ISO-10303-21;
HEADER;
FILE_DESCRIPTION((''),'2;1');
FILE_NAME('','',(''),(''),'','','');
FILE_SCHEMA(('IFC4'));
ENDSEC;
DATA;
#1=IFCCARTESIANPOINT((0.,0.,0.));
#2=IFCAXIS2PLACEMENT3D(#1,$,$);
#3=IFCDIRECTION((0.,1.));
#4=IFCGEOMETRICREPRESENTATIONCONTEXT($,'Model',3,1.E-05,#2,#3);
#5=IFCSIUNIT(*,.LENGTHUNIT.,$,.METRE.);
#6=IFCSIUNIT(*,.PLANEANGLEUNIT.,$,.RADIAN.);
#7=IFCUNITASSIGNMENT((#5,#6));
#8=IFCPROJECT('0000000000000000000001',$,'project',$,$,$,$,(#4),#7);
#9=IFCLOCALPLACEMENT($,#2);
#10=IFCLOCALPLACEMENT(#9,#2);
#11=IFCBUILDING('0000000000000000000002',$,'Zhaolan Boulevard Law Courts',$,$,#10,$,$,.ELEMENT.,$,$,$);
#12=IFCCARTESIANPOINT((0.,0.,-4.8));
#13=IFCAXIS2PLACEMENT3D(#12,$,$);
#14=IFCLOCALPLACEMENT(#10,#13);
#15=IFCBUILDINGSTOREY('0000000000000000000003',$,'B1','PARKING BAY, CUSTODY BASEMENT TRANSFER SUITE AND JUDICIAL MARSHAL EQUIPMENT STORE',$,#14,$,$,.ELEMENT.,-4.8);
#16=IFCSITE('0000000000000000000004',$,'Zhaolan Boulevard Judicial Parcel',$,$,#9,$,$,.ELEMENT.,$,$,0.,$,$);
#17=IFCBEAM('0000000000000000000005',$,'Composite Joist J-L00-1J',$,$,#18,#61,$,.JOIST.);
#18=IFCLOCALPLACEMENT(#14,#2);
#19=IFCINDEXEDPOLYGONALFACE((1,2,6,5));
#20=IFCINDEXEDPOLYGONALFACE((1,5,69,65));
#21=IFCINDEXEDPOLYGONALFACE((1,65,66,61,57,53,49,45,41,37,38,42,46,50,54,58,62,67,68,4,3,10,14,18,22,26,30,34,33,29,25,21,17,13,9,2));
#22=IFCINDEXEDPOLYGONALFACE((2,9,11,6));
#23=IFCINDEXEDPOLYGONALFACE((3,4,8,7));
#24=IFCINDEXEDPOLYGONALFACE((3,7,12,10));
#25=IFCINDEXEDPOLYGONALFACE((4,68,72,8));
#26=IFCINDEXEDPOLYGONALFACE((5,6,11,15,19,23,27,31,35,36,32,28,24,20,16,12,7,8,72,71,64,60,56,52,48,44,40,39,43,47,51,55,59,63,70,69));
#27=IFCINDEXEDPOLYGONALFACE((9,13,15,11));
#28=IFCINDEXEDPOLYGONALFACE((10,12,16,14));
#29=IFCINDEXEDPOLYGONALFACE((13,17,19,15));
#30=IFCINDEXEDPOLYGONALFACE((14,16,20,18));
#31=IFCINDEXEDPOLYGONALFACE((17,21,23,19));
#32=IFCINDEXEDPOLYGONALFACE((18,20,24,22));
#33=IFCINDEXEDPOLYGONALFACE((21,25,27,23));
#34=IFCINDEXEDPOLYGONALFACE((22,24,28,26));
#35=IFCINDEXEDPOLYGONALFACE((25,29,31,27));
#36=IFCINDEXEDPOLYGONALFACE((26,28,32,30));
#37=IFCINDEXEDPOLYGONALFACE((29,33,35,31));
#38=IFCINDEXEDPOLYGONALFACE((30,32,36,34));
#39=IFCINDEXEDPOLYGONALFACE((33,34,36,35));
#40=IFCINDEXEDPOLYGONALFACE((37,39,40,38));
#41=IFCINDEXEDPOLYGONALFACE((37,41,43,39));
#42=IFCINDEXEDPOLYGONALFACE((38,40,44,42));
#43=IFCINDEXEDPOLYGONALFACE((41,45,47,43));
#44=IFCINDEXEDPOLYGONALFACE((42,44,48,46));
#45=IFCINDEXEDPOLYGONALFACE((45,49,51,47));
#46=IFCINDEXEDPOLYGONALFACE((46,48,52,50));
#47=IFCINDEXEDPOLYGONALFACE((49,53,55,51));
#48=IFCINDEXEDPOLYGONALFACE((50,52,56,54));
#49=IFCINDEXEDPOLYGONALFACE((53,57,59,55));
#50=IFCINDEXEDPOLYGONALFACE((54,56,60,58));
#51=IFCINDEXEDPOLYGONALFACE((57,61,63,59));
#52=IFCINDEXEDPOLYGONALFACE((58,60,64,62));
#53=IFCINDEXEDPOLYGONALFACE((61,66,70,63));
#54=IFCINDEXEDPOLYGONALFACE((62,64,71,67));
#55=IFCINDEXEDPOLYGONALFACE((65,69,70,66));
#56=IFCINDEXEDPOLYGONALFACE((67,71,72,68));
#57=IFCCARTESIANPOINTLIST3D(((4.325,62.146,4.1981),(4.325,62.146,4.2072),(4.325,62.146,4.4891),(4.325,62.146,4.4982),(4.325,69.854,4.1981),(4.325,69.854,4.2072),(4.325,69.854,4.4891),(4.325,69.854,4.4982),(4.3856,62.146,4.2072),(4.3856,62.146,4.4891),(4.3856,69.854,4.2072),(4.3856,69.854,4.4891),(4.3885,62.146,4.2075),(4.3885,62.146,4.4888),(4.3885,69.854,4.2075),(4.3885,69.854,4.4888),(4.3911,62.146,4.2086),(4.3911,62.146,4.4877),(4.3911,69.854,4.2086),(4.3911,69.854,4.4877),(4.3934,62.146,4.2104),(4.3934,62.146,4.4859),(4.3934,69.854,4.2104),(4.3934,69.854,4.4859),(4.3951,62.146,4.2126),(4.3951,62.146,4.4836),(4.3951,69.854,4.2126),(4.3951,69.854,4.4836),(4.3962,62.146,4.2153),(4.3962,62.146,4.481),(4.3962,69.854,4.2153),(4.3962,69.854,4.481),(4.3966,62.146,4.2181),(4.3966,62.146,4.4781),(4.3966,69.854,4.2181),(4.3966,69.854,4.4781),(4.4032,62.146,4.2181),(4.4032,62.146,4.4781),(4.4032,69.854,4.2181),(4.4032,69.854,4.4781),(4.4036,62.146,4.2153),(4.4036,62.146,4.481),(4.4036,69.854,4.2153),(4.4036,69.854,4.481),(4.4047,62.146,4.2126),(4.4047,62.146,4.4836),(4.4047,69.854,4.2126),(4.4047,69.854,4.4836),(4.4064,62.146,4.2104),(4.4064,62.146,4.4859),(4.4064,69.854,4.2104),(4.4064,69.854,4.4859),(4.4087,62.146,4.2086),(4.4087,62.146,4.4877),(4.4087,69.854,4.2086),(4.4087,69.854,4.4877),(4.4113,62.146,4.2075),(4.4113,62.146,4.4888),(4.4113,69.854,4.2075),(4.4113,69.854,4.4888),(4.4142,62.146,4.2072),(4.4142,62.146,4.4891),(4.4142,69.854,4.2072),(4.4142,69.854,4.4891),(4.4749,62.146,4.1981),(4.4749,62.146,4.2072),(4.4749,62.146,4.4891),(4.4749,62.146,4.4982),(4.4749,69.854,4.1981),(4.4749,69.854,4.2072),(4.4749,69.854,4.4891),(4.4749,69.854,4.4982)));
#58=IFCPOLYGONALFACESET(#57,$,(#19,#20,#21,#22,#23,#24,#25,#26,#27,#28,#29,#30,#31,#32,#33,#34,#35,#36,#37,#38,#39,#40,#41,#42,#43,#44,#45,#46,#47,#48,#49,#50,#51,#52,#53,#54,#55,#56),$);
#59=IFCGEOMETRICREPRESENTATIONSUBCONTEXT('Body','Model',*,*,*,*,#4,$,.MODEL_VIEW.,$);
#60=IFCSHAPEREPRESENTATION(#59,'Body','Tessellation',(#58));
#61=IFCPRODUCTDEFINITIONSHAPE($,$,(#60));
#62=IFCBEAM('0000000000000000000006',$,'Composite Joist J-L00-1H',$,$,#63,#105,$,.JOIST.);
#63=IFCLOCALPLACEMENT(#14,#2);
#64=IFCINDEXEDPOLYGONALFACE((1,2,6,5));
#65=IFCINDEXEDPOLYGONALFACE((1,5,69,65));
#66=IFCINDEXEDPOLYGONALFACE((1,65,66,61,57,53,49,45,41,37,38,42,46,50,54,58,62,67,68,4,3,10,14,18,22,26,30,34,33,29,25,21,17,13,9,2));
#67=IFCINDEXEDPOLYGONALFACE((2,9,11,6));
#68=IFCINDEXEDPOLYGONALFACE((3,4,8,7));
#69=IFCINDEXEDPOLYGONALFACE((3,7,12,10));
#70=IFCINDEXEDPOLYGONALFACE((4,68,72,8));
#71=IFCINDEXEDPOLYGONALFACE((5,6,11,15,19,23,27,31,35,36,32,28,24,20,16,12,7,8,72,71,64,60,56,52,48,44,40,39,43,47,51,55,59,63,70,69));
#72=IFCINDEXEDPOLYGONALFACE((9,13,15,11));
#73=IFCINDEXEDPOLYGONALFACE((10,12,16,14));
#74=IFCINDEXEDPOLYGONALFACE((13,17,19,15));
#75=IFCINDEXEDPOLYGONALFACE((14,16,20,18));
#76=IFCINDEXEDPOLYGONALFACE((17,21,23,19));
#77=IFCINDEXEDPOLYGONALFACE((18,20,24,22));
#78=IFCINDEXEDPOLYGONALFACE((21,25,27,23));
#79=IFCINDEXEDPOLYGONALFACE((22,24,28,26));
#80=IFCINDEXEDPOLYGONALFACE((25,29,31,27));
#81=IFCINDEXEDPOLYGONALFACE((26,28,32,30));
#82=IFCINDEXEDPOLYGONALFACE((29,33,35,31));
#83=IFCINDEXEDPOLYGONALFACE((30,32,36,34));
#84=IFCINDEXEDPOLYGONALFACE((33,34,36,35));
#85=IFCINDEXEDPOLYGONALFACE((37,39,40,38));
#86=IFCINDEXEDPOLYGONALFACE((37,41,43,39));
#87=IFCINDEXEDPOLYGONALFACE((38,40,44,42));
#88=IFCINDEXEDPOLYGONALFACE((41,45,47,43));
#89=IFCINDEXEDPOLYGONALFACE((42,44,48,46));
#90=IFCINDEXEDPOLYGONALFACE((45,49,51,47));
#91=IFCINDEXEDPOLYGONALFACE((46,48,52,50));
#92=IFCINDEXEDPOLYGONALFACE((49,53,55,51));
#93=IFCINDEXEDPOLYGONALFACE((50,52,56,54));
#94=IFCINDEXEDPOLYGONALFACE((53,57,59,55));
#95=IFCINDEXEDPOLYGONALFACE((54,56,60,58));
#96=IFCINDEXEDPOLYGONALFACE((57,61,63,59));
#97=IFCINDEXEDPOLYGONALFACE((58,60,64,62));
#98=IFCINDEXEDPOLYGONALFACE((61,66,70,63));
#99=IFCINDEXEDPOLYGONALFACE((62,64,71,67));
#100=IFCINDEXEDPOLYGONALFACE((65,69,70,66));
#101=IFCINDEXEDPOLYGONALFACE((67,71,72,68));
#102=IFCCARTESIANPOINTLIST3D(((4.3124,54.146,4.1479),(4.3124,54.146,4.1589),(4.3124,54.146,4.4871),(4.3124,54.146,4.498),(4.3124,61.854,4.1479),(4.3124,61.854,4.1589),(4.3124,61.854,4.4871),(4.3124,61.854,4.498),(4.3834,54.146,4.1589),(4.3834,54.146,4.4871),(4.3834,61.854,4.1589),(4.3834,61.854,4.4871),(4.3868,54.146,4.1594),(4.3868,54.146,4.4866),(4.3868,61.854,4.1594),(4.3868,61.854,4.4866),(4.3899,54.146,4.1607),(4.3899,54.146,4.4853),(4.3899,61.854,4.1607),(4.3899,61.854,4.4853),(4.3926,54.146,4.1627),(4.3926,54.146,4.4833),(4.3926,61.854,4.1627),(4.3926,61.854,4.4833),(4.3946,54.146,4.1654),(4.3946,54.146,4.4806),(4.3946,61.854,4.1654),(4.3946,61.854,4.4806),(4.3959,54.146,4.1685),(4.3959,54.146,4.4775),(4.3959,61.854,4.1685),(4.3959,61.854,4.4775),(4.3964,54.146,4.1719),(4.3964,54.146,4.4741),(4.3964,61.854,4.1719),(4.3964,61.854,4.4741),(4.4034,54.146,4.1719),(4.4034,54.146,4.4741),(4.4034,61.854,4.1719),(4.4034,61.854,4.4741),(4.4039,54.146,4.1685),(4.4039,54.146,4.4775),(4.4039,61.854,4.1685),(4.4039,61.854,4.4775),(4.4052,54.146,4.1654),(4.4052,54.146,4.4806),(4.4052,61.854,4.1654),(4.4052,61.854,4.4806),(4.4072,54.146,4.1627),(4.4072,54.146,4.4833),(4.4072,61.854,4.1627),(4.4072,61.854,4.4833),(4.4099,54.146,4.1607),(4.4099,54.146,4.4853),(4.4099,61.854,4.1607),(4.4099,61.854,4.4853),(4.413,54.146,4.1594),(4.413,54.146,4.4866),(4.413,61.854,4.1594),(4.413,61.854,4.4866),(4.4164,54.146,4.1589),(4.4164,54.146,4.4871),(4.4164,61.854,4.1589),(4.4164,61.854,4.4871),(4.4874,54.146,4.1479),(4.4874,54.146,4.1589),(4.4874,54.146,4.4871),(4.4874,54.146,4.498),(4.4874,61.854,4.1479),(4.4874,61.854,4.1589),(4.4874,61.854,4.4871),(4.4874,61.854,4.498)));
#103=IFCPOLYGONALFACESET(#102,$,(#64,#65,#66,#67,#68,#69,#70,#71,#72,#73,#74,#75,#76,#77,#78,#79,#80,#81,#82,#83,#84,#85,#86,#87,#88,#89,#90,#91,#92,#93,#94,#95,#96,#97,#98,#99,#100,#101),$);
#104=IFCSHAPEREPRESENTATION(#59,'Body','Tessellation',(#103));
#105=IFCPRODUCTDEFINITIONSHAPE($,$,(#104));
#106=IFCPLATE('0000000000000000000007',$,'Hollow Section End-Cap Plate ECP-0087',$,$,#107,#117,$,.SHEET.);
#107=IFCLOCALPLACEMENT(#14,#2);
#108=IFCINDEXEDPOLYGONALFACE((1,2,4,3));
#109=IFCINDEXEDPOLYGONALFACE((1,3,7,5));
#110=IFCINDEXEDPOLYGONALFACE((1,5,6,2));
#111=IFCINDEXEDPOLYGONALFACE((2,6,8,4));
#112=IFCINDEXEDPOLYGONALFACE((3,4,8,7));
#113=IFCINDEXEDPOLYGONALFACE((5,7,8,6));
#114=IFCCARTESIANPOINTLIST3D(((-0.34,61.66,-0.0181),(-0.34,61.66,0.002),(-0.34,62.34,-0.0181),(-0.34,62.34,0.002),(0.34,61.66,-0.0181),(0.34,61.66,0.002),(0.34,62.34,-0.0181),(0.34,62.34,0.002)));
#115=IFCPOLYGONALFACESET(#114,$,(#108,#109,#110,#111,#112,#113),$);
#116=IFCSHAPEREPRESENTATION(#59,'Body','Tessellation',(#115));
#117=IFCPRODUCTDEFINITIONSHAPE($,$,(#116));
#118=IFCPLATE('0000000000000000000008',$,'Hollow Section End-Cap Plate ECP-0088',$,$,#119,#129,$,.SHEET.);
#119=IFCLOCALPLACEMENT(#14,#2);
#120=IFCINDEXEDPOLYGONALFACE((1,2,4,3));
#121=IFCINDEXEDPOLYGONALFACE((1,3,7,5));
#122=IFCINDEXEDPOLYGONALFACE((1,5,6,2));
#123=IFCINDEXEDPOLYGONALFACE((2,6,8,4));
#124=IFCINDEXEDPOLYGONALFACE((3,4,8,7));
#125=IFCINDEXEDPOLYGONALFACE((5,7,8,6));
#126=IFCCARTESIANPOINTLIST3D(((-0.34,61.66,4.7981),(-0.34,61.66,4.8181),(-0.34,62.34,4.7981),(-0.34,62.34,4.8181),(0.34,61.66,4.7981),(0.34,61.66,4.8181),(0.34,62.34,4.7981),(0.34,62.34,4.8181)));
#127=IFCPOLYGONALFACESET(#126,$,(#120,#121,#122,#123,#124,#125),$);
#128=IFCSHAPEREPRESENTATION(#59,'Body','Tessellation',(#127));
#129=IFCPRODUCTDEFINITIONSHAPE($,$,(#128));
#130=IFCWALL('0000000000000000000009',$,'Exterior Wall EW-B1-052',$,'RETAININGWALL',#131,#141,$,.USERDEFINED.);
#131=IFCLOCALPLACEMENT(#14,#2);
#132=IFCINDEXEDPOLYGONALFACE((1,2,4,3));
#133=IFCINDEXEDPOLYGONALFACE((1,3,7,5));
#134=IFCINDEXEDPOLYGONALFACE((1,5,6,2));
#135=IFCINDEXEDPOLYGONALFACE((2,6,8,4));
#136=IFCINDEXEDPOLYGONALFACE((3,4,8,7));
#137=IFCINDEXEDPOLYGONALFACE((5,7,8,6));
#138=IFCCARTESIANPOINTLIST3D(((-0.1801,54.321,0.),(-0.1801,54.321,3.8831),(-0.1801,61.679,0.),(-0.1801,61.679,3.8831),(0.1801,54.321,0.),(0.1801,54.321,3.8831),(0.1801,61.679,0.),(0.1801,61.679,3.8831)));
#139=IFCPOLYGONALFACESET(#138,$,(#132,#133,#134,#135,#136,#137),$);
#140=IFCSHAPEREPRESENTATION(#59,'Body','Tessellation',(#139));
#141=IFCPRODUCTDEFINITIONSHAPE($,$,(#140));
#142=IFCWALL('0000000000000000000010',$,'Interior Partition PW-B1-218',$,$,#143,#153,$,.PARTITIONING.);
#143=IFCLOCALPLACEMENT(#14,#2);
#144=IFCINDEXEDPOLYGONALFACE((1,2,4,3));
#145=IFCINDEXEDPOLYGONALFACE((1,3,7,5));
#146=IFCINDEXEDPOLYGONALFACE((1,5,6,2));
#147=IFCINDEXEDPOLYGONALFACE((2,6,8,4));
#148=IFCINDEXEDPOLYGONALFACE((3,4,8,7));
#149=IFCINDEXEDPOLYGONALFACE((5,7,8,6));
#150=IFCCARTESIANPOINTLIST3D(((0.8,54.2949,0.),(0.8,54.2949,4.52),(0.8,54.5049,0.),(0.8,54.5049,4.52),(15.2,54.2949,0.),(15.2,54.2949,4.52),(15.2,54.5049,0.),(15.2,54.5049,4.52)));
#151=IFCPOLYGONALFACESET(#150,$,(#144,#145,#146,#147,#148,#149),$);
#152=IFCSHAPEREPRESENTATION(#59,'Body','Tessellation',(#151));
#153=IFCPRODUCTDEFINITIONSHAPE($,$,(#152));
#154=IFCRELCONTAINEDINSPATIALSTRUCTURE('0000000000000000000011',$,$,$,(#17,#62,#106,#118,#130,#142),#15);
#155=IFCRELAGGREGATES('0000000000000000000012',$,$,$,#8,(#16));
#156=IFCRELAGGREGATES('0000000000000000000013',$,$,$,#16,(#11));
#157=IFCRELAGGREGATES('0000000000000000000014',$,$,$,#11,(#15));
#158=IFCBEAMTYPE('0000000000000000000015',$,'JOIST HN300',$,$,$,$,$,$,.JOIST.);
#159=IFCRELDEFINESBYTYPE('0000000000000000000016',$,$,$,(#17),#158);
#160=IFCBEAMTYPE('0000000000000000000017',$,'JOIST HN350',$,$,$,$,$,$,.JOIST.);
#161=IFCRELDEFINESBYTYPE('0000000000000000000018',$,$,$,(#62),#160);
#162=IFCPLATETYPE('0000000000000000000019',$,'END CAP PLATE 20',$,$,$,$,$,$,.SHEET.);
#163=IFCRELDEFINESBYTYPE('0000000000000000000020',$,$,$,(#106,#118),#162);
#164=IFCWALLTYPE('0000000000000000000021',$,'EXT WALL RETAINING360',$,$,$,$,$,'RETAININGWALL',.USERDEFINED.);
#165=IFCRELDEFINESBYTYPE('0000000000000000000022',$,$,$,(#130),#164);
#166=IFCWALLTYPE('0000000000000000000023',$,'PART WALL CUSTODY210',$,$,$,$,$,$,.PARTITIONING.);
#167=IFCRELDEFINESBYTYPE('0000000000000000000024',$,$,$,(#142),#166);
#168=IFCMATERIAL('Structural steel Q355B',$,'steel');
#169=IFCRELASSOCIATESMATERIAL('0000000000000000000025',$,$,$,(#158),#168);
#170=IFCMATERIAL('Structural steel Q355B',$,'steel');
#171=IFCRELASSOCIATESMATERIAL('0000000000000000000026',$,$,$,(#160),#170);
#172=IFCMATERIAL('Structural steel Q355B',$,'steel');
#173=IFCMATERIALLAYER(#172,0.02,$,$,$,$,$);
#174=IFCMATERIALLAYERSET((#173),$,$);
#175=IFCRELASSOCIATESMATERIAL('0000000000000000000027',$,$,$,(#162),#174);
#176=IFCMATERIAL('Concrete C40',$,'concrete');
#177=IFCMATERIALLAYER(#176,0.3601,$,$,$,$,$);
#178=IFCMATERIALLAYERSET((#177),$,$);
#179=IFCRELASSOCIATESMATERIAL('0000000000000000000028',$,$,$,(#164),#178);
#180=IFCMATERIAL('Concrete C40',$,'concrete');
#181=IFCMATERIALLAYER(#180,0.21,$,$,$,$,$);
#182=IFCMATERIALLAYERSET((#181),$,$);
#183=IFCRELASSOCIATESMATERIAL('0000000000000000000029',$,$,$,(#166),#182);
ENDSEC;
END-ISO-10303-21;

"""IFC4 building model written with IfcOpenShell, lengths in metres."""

from ifc_helpers import new_model, si_unit, direction, frame, frame_2d, origin, origin_2d, place, context, subcontext, project, spatial, rectangle, i_section, extrude, material, layer, layer_set, material_profile, profile_set, type_object, element, save


model = new_model("IFC4")

# Units and contexts
model_context = context("Model", 3, precision=1e-05, world=origin(), true_north=direction((0.0, 1.0)))
body_context = subcontext(model_context, "Body", "Model", "MODEL_VIEW")
ifc_project = project(units=[si_unit("LENGTHUNIT", "METRE"), si_unit("PLANEANGLEUNIT", "RADIAN")], contexts=[model_context])

# Site, building, storey
site_placement = place(None, origin())
site = spatial("IfcSite", under=ifc_project, at=site_placement, Name="Zhaolan Boulevard Judicial Parcel", CompositionType="ELEMENT", RefElevation=0.0)
building_placement = place(site_placement, origin())
building = spatial("IfcBuilding", under=site, at=building_placement, Name="Zhaolan Boulevard Law Courts", CompositionType="ELEMENT")
storey_placement = place(building_placement, frame((0.0, 0.0, -4.8)))
storey = spatial("IfcBuildingStorey", under=building, at=storey_placement, Name="B1", Description="PARKING BAY, CUSTODY BASEMENT TRANSFER SUITE AND JUDICIAL MARSHAL EQUIPMENT STORE", CompositionType="ELEMENT", Elevation=-4.8)

# Beams
ifc_material_1 = material(Name="Structural steel Q355B", Category="steel")
ifc_material_profile_1 = material_profile(ifc_material_1, i_section(OverallWidth=0.1499, OverallDepth=0.3, WebThickness=0.0066, FlangeThickness=0.009, FilletRadius=0.011, at=origin_2d()), Name="HN300x150")
ifc_profile_set_1 = profile_set([ifc_material_profile_1], Name="Structural steel Q355B")
beam_type_1 = type_object("IfcBeamType", Name="JOIST HN300", PredefinedType="JOIST", material=ifc_profile_set_1)
beam_1_placement = place(storey_placement, frame((4.3999, 62.146, 4.3481), z_axis=(0.0, 1.0, 0.0), x_axis=(-1.0, 0.0, 0.0)))
element("IfcBeam", 1, at=beam_1_placement, inside=storey, type_object=beam_type_1, Name="Composite Joist J-L00-1J", PredefinedType="JOIST", context=body_context, shape_type="SweptSolid", body=[
    extrude(i_section(OverallWidth=0.1499, OverallDepth=0.3, WebThickness=0.0066, FlangeThickness=0.009, FilletRadius=0.011, at=origin_2d()), origin(), (0.0, 0.0, 1.0), 7.708),
])
ifc_material_2 = material(Name="Structural steel Q355B", Category="steel")
ifc_material_profile_2 = material_profile(ifc_material_2, i_section(OverallWidth=0.175, OverallDepth=0.3501, WebThickness=0.0071, FlangeThickness=0.011, FilletRadius=0.0129, at=origin_2d()), Name="HN350x175")
ifc_profile_set_2 = profile_set([ifc_material_profile_2], Name="Structural steel Q355B")
beam_type_2 = type_object("IfcBeamType", Name="JOIST HN350", PredefinedType="JOIST", material=ifc_profile_set_2)
beam_2_placement = place(storey_placement, frame((4.3999, 54.146, 4.323), z_axis=(0.0, 1.0, 0.0), x_axis=(-1.0, 0.0, 0.0)))
element("IfcBeam", 2, at=beam_2_placement, inside=storey, type_object=beam_type_2, Name="Composite Joist J-L00-1H", PredefinedType="JOIST", context=body_context, shape_type="SweptSolid", body=[
    extrude(i_section(OverallWidth=0.175, OverallDepth=0.3501, WebThickness=0.0071, FlangeThickness=0.011, FilletRadius=0.0129, at=origin_2d()), origin(), (0.0, 0.0, 1.0), 7.708),
])

# Plates
ifc_material_3 = material(Name="Structural steel Q355B", Category="steel")
ifc_layer_1 = layer(ifc_material_3, 0.02)
ifc_layer_set_1 = layer_set([ifc_layer_1])
plate_type = type_object("IfcPlateType", Name="END CAP PLATE 20", PredefinedType="SHEET", material=ifc_layer_set_1)
for number, where, z_axis, x_axis, name in (
    (3, (0.0, 62.0, -0.0181), (0.0, 0.0, 1.0), (1.0, 0.0, 0.0), "Hollow Section End-Cap Plate ECP-0087"),
    (4, (0.0, 62.0, 4.7981), (0.0, 0.0, 1.0), (1.0, 0.0, 0.0), "Hollow Section End-Cap Plate ECP-0088"),
):
    element("IfcPlate", number, at=place(storey_placement, frame(where, z_axis=z_axis, x_axis=x_axis)), inside=storey, type_object=plate_type, Name=name, PredefinedType="SHEET", context=body_context, shape_type="SweptSolid", body=[
        extrude(rectangle(XDim=0.6799, YDim=0.6799, at=origin_2d()), origin(), (0.0, 0.0, 1.0), 0.02),
    ])

# Walls
ifc_material_4 = material(Name="Concrete C40", Category="concrete")
ifc_layer_2 = layer(ifc_material_4, 0.3601)
ifc_layer_set_2 = layer_set([ifc_layer_2])
wall_type_1 = type_object("IfcWallType", Name="EXT WALL RETAINING360", ElementType="RETAININGWALL", PredefinedType="USERDEFINED", material=ifc_layer_set_2)
wall_1_placement = place(storey_placement, frame((0.0, 61.679, 0.0), z_axis=(0.0, 0.0, 1.0), x_axis=(0.0, -1.0, 0.0)))
element("IfcWall", 5, at=wall_1_placement, inside=storey, type_object=wall_type_1, Name="Exterior Wall EW-B1-052", ObjectType="RETAININGWALL", PredefinedType="USERDEFINED", context=body_context, shape_type="SweptSolid", body=[
    extrude(rectangle(XDim=7.3579, YDim=0.3601, at=frame_2d((3.679, 0.0))), origin(), (0.0, 0.0, 1.0), 3.8831),
])
ifc_material_5 = material(Name="Concrete C40", Category="concrete")
ifc_layer_3 = layer(ifc_material_5, 0.21)
ifc_layer_set_3 = layer_set([ifc_layer_3])
wall_type_2 = type_object("IfcWallType", Name="PART WALL CUSTODY210", PredefinedType="PARTITIONING", material=ifc_layer_set_3)
wall_2_placement = place(storey_placement, frame((0.8, 54.3999, 0.0), z_axis=(0.0, 0.0, 1.0), x_axis=(1.0, 0.0, 0.0)))
element("IfcWall", 6, at=wall_2_placement, inside=storey, type_object=wall_type_2, Name="Interior Partition PW-B1-218", PredefinedType="PARTITIONING", context=body_context, shape_type="SweptSolid", body=[
    extrude(rectangle(XDim=14.3999, YDim=0.21, at=frame_2d((7.2, 0.0))), origin(), (0.0, 0.0, 1.0), 4.52),
])

save(model, "model.ifc")
